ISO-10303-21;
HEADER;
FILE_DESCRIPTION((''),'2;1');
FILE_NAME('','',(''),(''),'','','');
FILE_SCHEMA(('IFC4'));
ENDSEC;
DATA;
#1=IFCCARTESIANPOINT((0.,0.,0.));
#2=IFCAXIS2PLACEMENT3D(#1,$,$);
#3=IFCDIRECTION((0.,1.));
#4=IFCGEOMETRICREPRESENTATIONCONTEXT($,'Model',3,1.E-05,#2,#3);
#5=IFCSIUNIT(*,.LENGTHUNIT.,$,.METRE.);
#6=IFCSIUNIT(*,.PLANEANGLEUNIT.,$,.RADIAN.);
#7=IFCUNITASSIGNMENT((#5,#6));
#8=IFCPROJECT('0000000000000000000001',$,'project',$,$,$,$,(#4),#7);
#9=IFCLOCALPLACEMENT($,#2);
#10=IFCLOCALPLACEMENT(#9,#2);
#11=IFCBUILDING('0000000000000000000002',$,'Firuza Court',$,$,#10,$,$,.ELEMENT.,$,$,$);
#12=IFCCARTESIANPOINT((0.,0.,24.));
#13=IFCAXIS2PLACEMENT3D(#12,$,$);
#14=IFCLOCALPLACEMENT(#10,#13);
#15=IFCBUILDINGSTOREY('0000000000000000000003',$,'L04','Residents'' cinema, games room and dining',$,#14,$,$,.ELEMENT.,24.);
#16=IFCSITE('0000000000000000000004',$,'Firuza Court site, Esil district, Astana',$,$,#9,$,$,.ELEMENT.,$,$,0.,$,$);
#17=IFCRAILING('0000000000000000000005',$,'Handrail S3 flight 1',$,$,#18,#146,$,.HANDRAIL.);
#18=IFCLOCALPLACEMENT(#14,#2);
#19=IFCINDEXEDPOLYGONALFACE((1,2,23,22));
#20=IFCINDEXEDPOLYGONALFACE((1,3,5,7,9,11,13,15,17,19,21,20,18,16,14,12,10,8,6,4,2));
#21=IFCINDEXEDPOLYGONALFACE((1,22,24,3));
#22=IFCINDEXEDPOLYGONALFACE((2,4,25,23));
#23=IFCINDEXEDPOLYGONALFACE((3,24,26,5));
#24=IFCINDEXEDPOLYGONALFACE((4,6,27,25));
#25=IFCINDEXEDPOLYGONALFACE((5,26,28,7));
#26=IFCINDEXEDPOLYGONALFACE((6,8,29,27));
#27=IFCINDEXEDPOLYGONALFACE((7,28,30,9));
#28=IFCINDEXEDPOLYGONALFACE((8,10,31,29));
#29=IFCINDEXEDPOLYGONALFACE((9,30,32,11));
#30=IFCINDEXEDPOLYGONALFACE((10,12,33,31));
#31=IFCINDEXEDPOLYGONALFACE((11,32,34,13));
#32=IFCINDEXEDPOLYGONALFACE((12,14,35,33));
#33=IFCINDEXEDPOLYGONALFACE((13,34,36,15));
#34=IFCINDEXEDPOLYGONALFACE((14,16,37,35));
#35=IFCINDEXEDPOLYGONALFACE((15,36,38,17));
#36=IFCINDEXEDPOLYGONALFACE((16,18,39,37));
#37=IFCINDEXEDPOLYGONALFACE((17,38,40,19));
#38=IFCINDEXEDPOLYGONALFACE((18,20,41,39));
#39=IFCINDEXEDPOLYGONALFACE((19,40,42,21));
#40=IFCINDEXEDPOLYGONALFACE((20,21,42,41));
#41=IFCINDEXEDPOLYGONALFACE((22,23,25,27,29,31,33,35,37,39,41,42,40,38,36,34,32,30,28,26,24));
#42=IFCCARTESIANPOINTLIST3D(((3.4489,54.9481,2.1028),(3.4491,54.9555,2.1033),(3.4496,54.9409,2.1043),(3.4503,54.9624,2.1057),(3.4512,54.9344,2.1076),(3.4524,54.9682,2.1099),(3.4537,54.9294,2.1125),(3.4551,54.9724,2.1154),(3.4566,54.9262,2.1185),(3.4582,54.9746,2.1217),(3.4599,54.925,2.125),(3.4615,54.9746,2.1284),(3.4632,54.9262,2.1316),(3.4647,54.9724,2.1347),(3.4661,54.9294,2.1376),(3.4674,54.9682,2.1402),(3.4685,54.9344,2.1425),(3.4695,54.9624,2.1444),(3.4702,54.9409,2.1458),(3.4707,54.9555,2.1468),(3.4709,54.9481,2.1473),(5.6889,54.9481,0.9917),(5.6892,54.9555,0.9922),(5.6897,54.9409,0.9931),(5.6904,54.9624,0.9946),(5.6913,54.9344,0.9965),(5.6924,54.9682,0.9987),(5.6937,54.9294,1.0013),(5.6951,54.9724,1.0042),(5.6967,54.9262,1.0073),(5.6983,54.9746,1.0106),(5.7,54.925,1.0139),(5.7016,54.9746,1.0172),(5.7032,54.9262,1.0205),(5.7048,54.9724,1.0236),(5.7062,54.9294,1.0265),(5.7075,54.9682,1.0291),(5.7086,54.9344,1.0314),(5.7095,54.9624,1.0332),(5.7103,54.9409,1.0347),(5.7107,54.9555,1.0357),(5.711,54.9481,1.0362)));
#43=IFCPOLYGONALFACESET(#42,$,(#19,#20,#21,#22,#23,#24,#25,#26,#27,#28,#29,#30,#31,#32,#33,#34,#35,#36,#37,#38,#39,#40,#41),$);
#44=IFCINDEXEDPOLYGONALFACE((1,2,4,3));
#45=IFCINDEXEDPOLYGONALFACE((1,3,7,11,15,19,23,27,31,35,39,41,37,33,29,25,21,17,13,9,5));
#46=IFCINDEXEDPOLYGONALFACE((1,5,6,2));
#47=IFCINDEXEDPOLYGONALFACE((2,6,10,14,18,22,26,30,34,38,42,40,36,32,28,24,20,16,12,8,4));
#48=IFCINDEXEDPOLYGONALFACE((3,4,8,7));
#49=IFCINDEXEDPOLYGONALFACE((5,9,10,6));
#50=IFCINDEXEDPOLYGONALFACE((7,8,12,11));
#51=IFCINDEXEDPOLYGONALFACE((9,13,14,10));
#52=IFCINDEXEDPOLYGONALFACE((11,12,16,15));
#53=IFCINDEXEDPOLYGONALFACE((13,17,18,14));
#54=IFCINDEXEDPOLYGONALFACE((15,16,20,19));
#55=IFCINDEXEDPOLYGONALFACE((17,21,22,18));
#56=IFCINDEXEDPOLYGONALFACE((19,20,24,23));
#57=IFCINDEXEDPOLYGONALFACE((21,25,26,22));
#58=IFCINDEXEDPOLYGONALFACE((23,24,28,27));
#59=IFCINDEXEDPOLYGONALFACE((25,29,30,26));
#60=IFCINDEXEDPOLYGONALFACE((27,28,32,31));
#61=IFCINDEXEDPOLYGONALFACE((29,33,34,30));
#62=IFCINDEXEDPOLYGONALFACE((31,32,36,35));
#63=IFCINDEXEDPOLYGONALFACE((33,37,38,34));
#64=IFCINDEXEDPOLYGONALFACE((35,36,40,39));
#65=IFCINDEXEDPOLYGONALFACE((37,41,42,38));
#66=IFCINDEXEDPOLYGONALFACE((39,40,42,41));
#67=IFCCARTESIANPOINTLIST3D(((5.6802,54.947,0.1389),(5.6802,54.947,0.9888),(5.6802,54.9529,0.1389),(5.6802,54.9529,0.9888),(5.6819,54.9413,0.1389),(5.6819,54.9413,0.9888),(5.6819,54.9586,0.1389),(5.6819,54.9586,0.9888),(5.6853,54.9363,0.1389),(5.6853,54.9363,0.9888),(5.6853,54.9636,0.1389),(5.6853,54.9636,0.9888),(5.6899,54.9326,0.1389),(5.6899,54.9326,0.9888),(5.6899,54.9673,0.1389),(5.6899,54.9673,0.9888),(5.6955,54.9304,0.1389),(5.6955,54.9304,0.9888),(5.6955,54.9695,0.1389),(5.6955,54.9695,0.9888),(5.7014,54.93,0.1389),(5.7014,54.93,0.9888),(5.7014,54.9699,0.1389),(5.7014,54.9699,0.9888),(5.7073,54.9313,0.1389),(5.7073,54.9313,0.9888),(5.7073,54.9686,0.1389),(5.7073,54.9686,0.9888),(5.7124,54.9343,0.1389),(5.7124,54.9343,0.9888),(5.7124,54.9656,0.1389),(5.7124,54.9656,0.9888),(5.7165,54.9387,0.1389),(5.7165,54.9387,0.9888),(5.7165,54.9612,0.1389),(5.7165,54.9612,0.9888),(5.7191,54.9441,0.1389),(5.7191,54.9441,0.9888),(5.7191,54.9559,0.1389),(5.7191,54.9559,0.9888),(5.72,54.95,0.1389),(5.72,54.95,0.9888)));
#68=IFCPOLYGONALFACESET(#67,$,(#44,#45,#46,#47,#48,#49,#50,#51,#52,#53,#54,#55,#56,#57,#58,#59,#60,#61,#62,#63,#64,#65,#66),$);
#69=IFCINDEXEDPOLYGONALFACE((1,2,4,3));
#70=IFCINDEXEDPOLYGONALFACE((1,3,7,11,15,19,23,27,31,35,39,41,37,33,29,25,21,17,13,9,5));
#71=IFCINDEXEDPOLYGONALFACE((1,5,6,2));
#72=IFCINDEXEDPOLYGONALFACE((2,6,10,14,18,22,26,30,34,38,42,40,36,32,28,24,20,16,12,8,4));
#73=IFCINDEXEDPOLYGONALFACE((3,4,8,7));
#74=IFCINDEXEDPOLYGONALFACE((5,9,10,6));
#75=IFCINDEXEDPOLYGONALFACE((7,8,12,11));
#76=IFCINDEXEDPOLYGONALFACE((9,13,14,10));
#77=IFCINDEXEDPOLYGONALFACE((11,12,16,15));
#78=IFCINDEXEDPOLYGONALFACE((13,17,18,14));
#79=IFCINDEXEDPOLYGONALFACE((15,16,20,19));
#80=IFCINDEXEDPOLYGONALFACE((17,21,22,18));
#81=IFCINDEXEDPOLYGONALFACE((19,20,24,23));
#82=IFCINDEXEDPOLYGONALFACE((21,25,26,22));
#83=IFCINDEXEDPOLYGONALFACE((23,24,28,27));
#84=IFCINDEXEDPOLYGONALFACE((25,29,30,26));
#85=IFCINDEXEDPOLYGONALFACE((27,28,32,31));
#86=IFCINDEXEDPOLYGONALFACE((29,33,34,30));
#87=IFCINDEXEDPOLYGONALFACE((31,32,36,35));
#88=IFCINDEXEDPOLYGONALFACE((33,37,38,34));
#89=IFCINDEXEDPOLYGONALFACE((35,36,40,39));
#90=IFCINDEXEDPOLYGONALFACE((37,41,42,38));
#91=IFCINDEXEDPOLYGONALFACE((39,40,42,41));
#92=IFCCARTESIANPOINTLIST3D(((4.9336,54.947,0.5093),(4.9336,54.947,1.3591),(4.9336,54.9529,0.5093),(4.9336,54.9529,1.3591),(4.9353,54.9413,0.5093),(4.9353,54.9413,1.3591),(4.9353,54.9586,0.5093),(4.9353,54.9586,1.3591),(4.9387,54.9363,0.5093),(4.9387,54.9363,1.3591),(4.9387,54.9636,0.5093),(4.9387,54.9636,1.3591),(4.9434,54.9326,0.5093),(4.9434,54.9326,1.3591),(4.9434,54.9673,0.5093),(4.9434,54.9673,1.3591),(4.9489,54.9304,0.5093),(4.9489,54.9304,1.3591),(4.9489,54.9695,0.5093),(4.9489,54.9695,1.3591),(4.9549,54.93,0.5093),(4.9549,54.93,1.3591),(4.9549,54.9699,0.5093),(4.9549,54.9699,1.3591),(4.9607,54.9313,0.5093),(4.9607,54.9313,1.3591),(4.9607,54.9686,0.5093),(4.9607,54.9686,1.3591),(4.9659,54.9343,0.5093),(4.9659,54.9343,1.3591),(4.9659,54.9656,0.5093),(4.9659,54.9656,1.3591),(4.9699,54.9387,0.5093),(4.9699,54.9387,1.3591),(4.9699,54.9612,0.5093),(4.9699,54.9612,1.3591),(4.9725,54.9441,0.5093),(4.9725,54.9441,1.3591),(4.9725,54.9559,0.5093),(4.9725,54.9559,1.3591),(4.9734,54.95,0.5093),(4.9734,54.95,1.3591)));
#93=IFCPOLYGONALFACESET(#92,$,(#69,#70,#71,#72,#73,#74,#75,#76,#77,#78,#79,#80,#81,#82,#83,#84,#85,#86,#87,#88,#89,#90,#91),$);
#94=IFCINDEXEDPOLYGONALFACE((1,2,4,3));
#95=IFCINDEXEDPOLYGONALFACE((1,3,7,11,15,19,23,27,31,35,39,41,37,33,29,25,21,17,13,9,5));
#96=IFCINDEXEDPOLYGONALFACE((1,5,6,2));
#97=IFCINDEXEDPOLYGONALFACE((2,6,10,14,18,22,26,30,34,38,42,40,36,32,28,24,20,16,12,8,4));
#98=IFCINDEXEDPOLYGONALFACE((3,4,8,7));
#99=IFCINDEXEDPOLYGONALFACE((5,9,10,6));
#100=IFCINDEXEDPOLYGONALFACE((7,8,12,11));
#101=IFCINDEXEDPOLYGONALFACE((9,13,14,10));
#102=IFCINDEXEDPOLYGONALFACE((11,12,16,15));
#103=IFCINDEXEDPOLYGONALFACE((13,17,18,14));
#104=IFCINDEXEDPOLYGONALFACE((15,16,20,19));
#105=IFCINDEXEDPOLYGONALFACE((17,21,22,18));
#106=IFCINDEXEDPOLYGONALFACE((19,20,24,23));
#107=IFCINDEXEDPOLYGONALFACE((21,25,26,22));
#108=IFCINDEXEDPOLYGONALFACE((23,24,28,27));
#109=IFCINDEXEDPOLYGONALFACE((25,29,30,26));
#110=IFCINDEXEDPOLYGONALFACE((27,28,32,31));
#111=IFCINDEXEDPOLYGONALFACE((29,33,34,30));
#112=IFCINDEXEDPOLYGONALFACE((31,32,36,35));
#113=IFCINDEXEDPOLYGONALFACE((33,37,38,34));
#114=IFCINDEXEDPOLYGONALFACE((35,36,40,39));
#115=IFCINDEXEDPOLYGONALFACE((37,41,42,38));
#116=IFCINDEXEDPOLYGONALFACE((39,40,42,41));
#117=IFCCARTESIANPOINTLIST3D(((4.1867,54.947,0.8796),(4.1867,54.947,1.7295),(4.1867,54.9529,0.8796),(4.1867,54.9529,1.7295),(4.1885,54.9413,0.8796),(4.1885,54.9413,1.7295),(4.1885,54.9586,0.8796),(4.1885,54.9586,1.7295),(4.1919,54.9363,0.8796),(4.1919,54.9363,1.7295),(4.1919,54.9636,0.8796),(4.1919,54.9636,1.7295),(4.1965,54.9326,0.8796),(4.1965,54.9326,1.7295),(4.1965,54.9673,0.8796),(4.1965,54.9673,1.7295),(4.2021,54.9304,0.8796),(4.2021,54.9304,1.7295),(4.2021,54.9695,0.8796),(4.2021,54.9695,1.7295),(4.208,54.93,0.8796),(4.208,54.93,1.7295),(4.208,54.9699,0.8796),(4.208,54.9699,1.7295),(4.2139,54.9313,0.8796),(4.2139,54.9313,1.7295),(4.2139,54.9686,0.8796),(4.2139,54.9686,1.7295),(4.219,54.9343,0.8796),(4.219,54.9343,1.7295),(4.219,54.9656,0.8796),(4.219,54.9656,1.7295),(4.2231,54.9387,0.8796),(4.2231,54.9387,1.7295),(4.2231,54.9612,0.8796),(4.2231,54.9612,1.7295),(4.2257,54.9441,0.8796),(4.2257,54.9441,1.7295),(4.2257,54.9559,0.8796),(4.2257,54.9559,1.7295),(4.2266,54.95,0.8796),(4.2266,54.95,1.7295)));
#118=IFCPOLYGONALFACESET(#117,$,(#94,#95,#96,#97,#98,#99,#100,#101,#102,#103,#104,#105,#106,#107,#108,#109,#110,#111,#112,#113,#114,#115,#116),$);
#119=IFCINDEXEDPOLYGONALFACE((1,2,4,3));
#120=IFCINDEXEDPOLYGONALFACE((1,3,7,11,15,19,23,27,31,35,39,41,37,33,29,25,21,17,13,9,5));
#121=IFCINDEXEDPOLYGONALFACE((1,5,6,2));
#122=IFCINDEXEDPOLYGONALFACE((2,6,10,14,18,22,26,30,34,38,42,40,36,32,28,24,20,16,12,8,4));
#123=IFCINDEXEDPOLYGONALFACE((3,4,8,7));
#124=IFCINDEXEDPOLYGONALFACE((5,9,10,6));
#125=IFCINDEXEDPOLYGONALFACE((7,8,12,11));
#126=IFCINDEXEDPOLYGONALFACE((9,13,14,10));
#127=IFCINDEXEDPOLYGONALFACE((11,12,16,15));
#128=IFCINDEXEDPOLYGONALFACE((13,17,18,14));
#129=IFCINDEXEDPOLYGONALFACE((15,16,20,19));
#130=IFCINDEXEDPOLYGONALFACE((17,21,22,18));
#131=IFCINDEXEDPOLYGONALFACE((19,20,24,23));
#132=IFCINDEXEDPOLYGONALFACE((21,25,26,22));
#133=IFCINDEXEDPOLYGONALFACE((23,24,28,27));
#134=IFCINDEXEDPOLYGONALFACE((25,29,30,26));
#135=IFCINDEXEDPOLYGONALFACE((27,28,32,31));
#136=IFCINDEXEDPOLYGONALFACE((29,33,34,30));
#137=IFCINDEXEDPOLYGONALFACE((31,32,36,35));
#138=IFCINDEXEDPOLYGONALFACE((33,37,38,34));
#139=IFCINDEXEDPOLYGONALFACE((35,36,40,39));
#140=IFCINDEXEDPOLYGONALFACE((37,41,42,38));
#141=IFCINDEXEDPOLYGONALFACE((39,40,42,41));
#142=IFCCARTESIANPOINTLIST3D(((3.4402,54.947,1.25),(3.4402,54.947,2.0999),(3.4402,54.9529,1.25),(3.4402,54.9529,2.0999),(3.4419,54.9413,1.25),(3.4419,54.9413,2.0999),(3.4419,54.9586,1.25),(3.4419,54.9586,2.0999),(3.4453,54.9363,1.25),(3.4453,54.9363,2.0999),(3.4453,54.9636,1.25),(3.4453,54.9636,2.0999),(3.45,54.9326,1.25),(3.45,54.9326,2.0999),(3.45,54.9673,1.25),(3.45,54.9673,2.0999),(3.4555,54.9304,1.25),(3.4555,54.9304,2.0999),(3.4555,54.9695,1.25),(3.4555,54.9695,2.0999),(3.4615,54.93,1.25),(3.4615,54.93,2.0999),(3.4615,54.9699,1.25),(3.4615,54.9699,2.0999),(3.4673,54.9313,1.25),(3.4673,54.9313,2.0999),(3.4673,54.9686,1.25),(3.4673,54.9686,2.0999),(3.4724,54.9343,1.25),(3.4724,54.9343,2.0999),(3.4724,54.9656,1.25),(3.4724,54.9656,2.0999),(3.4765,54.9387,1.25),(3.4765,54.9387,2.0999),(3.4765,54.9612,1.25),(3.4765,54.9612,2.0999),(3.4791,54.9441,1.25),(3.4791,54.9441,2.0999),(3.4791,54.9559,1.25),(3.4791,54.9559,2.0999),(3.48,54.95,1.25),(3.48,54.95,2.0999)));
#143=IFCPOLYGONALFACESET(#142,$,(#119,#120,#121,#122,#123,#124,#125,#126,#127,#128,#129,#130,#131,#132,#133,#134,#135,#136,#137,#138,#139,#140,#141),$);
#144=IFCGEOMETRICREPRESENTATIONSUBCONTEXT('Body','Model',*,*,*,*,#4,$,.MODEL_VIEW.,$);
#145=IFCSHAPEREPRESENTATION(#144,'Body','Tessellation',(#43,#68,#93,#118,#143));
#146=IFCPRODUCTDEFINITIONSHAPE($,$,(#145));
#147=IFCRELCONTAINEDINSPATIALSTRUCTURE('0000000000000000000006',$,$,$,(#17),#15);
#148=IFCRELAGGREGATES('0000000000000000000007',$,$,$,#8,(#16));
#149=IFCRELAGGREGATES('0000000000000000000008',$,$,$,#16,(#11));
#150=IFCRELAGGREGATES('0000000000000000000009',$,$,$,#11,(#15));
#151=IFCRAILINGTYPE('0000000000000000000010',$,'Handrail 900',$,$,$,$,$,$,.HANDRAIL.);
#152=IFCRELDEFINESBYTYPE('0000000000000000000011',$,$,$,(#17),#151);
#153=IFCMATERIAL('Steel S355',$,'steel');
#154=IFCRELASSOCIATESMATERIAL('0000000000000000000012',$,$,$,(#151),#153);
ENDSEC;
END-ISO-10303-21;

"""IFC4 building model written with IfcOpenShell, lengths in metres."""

from ifc_helpers import new_model, si_unit, direction, frame, origin, origin_2d, place, context, subcontext, project, spatial, circle, extrude, material, type_object, element, save


model = new_model("IFC4")

# Units and contexts
model_context = context("Model", 3, precision=1e-05, world=origin(), true_north=direction((0.0, 1.0)))
body_context = subcontext(model_context, "Body", "Model", "MODEL_VIEW")
ifc_project = project(units=[si_unit("LENGTHUNIT", "METRE"), si_unit("PLANEANGLEUNIT", "RADIAN")], contexts=[model_context])

# Site, building, storey
site_placement = place(None, origin())
site = spatial("IfcSite", under=ifc_project, at=site_placement, Name="Firuza Court site, Esil district, Astana", CompositionType="ELEMENT", RefElevation=0.0)
building_placement = place(site_placement, origin())
building = spatial("IfcBuilding", under=site, at=building_placement, Name="Firuza Court", CompositionType="ELEMENT")
storey_placement = place(building_placement, frame((0.0, 0.0, 24.0)))
storey = spatial("IfcBuildingStorey", under=building, at=storey_placement, Name="L04", Description="Residents' cinema, games room and dining", CompositionType="ELEMENT", Elevation=24.0)

# Railing
ifc_material_1 = material(Name="Steel S355", Category="steel")
railing_type_1 = type_object("IfcRailingType", Name="Handrail 900", PredefinedType="HANDRAIL", material=ifc_material_1)
railing_1_placement = place(storey_placement, frame((5.7, 54.95, 0.1389)))
element("IfcRailing", 1, at=railing_1_placement, inside=storey, type_object=railing_type_1, Name="Handrail S3 flight 1", PredefinedType="HANDRAIL", context=body_context, shape_type="SweptSolid", body=[
    extrude(circle(Radius=0.0249, at=origin_2d()), frame((0.0, 0.0, 0.875), z_axis=(-0.895848, 0.0, 0.44436), x_axis=(0.0, -1.0, 0.0)), (0.0, 0.0, 1.0), 2.5005),
    extrude(circle(Radius=0.02, at=origin_2d()), origin(), (0.0, 0.0, 1.0), 0.8499),
    extrude(circle(Radius=0.02, at=origin_2d()), frame((-0.7466, 0.0, 0.3704)), (0.0, 0.0, 1.0), 0.8499),
    extrude(circle(Radius=0.02, at=origin_2d()), frame((-1.4934, 0.0, 0.7407)), (0.0, 0.0, 1.0), 0.8499),
    extrude(circle(Radius=0.02, at=origin_2d()), frame((-2.24, 0.0, 1.1111)), (0.0, 0.0, 1.0), 0.8499),
])

save(model, "model.ifc")
